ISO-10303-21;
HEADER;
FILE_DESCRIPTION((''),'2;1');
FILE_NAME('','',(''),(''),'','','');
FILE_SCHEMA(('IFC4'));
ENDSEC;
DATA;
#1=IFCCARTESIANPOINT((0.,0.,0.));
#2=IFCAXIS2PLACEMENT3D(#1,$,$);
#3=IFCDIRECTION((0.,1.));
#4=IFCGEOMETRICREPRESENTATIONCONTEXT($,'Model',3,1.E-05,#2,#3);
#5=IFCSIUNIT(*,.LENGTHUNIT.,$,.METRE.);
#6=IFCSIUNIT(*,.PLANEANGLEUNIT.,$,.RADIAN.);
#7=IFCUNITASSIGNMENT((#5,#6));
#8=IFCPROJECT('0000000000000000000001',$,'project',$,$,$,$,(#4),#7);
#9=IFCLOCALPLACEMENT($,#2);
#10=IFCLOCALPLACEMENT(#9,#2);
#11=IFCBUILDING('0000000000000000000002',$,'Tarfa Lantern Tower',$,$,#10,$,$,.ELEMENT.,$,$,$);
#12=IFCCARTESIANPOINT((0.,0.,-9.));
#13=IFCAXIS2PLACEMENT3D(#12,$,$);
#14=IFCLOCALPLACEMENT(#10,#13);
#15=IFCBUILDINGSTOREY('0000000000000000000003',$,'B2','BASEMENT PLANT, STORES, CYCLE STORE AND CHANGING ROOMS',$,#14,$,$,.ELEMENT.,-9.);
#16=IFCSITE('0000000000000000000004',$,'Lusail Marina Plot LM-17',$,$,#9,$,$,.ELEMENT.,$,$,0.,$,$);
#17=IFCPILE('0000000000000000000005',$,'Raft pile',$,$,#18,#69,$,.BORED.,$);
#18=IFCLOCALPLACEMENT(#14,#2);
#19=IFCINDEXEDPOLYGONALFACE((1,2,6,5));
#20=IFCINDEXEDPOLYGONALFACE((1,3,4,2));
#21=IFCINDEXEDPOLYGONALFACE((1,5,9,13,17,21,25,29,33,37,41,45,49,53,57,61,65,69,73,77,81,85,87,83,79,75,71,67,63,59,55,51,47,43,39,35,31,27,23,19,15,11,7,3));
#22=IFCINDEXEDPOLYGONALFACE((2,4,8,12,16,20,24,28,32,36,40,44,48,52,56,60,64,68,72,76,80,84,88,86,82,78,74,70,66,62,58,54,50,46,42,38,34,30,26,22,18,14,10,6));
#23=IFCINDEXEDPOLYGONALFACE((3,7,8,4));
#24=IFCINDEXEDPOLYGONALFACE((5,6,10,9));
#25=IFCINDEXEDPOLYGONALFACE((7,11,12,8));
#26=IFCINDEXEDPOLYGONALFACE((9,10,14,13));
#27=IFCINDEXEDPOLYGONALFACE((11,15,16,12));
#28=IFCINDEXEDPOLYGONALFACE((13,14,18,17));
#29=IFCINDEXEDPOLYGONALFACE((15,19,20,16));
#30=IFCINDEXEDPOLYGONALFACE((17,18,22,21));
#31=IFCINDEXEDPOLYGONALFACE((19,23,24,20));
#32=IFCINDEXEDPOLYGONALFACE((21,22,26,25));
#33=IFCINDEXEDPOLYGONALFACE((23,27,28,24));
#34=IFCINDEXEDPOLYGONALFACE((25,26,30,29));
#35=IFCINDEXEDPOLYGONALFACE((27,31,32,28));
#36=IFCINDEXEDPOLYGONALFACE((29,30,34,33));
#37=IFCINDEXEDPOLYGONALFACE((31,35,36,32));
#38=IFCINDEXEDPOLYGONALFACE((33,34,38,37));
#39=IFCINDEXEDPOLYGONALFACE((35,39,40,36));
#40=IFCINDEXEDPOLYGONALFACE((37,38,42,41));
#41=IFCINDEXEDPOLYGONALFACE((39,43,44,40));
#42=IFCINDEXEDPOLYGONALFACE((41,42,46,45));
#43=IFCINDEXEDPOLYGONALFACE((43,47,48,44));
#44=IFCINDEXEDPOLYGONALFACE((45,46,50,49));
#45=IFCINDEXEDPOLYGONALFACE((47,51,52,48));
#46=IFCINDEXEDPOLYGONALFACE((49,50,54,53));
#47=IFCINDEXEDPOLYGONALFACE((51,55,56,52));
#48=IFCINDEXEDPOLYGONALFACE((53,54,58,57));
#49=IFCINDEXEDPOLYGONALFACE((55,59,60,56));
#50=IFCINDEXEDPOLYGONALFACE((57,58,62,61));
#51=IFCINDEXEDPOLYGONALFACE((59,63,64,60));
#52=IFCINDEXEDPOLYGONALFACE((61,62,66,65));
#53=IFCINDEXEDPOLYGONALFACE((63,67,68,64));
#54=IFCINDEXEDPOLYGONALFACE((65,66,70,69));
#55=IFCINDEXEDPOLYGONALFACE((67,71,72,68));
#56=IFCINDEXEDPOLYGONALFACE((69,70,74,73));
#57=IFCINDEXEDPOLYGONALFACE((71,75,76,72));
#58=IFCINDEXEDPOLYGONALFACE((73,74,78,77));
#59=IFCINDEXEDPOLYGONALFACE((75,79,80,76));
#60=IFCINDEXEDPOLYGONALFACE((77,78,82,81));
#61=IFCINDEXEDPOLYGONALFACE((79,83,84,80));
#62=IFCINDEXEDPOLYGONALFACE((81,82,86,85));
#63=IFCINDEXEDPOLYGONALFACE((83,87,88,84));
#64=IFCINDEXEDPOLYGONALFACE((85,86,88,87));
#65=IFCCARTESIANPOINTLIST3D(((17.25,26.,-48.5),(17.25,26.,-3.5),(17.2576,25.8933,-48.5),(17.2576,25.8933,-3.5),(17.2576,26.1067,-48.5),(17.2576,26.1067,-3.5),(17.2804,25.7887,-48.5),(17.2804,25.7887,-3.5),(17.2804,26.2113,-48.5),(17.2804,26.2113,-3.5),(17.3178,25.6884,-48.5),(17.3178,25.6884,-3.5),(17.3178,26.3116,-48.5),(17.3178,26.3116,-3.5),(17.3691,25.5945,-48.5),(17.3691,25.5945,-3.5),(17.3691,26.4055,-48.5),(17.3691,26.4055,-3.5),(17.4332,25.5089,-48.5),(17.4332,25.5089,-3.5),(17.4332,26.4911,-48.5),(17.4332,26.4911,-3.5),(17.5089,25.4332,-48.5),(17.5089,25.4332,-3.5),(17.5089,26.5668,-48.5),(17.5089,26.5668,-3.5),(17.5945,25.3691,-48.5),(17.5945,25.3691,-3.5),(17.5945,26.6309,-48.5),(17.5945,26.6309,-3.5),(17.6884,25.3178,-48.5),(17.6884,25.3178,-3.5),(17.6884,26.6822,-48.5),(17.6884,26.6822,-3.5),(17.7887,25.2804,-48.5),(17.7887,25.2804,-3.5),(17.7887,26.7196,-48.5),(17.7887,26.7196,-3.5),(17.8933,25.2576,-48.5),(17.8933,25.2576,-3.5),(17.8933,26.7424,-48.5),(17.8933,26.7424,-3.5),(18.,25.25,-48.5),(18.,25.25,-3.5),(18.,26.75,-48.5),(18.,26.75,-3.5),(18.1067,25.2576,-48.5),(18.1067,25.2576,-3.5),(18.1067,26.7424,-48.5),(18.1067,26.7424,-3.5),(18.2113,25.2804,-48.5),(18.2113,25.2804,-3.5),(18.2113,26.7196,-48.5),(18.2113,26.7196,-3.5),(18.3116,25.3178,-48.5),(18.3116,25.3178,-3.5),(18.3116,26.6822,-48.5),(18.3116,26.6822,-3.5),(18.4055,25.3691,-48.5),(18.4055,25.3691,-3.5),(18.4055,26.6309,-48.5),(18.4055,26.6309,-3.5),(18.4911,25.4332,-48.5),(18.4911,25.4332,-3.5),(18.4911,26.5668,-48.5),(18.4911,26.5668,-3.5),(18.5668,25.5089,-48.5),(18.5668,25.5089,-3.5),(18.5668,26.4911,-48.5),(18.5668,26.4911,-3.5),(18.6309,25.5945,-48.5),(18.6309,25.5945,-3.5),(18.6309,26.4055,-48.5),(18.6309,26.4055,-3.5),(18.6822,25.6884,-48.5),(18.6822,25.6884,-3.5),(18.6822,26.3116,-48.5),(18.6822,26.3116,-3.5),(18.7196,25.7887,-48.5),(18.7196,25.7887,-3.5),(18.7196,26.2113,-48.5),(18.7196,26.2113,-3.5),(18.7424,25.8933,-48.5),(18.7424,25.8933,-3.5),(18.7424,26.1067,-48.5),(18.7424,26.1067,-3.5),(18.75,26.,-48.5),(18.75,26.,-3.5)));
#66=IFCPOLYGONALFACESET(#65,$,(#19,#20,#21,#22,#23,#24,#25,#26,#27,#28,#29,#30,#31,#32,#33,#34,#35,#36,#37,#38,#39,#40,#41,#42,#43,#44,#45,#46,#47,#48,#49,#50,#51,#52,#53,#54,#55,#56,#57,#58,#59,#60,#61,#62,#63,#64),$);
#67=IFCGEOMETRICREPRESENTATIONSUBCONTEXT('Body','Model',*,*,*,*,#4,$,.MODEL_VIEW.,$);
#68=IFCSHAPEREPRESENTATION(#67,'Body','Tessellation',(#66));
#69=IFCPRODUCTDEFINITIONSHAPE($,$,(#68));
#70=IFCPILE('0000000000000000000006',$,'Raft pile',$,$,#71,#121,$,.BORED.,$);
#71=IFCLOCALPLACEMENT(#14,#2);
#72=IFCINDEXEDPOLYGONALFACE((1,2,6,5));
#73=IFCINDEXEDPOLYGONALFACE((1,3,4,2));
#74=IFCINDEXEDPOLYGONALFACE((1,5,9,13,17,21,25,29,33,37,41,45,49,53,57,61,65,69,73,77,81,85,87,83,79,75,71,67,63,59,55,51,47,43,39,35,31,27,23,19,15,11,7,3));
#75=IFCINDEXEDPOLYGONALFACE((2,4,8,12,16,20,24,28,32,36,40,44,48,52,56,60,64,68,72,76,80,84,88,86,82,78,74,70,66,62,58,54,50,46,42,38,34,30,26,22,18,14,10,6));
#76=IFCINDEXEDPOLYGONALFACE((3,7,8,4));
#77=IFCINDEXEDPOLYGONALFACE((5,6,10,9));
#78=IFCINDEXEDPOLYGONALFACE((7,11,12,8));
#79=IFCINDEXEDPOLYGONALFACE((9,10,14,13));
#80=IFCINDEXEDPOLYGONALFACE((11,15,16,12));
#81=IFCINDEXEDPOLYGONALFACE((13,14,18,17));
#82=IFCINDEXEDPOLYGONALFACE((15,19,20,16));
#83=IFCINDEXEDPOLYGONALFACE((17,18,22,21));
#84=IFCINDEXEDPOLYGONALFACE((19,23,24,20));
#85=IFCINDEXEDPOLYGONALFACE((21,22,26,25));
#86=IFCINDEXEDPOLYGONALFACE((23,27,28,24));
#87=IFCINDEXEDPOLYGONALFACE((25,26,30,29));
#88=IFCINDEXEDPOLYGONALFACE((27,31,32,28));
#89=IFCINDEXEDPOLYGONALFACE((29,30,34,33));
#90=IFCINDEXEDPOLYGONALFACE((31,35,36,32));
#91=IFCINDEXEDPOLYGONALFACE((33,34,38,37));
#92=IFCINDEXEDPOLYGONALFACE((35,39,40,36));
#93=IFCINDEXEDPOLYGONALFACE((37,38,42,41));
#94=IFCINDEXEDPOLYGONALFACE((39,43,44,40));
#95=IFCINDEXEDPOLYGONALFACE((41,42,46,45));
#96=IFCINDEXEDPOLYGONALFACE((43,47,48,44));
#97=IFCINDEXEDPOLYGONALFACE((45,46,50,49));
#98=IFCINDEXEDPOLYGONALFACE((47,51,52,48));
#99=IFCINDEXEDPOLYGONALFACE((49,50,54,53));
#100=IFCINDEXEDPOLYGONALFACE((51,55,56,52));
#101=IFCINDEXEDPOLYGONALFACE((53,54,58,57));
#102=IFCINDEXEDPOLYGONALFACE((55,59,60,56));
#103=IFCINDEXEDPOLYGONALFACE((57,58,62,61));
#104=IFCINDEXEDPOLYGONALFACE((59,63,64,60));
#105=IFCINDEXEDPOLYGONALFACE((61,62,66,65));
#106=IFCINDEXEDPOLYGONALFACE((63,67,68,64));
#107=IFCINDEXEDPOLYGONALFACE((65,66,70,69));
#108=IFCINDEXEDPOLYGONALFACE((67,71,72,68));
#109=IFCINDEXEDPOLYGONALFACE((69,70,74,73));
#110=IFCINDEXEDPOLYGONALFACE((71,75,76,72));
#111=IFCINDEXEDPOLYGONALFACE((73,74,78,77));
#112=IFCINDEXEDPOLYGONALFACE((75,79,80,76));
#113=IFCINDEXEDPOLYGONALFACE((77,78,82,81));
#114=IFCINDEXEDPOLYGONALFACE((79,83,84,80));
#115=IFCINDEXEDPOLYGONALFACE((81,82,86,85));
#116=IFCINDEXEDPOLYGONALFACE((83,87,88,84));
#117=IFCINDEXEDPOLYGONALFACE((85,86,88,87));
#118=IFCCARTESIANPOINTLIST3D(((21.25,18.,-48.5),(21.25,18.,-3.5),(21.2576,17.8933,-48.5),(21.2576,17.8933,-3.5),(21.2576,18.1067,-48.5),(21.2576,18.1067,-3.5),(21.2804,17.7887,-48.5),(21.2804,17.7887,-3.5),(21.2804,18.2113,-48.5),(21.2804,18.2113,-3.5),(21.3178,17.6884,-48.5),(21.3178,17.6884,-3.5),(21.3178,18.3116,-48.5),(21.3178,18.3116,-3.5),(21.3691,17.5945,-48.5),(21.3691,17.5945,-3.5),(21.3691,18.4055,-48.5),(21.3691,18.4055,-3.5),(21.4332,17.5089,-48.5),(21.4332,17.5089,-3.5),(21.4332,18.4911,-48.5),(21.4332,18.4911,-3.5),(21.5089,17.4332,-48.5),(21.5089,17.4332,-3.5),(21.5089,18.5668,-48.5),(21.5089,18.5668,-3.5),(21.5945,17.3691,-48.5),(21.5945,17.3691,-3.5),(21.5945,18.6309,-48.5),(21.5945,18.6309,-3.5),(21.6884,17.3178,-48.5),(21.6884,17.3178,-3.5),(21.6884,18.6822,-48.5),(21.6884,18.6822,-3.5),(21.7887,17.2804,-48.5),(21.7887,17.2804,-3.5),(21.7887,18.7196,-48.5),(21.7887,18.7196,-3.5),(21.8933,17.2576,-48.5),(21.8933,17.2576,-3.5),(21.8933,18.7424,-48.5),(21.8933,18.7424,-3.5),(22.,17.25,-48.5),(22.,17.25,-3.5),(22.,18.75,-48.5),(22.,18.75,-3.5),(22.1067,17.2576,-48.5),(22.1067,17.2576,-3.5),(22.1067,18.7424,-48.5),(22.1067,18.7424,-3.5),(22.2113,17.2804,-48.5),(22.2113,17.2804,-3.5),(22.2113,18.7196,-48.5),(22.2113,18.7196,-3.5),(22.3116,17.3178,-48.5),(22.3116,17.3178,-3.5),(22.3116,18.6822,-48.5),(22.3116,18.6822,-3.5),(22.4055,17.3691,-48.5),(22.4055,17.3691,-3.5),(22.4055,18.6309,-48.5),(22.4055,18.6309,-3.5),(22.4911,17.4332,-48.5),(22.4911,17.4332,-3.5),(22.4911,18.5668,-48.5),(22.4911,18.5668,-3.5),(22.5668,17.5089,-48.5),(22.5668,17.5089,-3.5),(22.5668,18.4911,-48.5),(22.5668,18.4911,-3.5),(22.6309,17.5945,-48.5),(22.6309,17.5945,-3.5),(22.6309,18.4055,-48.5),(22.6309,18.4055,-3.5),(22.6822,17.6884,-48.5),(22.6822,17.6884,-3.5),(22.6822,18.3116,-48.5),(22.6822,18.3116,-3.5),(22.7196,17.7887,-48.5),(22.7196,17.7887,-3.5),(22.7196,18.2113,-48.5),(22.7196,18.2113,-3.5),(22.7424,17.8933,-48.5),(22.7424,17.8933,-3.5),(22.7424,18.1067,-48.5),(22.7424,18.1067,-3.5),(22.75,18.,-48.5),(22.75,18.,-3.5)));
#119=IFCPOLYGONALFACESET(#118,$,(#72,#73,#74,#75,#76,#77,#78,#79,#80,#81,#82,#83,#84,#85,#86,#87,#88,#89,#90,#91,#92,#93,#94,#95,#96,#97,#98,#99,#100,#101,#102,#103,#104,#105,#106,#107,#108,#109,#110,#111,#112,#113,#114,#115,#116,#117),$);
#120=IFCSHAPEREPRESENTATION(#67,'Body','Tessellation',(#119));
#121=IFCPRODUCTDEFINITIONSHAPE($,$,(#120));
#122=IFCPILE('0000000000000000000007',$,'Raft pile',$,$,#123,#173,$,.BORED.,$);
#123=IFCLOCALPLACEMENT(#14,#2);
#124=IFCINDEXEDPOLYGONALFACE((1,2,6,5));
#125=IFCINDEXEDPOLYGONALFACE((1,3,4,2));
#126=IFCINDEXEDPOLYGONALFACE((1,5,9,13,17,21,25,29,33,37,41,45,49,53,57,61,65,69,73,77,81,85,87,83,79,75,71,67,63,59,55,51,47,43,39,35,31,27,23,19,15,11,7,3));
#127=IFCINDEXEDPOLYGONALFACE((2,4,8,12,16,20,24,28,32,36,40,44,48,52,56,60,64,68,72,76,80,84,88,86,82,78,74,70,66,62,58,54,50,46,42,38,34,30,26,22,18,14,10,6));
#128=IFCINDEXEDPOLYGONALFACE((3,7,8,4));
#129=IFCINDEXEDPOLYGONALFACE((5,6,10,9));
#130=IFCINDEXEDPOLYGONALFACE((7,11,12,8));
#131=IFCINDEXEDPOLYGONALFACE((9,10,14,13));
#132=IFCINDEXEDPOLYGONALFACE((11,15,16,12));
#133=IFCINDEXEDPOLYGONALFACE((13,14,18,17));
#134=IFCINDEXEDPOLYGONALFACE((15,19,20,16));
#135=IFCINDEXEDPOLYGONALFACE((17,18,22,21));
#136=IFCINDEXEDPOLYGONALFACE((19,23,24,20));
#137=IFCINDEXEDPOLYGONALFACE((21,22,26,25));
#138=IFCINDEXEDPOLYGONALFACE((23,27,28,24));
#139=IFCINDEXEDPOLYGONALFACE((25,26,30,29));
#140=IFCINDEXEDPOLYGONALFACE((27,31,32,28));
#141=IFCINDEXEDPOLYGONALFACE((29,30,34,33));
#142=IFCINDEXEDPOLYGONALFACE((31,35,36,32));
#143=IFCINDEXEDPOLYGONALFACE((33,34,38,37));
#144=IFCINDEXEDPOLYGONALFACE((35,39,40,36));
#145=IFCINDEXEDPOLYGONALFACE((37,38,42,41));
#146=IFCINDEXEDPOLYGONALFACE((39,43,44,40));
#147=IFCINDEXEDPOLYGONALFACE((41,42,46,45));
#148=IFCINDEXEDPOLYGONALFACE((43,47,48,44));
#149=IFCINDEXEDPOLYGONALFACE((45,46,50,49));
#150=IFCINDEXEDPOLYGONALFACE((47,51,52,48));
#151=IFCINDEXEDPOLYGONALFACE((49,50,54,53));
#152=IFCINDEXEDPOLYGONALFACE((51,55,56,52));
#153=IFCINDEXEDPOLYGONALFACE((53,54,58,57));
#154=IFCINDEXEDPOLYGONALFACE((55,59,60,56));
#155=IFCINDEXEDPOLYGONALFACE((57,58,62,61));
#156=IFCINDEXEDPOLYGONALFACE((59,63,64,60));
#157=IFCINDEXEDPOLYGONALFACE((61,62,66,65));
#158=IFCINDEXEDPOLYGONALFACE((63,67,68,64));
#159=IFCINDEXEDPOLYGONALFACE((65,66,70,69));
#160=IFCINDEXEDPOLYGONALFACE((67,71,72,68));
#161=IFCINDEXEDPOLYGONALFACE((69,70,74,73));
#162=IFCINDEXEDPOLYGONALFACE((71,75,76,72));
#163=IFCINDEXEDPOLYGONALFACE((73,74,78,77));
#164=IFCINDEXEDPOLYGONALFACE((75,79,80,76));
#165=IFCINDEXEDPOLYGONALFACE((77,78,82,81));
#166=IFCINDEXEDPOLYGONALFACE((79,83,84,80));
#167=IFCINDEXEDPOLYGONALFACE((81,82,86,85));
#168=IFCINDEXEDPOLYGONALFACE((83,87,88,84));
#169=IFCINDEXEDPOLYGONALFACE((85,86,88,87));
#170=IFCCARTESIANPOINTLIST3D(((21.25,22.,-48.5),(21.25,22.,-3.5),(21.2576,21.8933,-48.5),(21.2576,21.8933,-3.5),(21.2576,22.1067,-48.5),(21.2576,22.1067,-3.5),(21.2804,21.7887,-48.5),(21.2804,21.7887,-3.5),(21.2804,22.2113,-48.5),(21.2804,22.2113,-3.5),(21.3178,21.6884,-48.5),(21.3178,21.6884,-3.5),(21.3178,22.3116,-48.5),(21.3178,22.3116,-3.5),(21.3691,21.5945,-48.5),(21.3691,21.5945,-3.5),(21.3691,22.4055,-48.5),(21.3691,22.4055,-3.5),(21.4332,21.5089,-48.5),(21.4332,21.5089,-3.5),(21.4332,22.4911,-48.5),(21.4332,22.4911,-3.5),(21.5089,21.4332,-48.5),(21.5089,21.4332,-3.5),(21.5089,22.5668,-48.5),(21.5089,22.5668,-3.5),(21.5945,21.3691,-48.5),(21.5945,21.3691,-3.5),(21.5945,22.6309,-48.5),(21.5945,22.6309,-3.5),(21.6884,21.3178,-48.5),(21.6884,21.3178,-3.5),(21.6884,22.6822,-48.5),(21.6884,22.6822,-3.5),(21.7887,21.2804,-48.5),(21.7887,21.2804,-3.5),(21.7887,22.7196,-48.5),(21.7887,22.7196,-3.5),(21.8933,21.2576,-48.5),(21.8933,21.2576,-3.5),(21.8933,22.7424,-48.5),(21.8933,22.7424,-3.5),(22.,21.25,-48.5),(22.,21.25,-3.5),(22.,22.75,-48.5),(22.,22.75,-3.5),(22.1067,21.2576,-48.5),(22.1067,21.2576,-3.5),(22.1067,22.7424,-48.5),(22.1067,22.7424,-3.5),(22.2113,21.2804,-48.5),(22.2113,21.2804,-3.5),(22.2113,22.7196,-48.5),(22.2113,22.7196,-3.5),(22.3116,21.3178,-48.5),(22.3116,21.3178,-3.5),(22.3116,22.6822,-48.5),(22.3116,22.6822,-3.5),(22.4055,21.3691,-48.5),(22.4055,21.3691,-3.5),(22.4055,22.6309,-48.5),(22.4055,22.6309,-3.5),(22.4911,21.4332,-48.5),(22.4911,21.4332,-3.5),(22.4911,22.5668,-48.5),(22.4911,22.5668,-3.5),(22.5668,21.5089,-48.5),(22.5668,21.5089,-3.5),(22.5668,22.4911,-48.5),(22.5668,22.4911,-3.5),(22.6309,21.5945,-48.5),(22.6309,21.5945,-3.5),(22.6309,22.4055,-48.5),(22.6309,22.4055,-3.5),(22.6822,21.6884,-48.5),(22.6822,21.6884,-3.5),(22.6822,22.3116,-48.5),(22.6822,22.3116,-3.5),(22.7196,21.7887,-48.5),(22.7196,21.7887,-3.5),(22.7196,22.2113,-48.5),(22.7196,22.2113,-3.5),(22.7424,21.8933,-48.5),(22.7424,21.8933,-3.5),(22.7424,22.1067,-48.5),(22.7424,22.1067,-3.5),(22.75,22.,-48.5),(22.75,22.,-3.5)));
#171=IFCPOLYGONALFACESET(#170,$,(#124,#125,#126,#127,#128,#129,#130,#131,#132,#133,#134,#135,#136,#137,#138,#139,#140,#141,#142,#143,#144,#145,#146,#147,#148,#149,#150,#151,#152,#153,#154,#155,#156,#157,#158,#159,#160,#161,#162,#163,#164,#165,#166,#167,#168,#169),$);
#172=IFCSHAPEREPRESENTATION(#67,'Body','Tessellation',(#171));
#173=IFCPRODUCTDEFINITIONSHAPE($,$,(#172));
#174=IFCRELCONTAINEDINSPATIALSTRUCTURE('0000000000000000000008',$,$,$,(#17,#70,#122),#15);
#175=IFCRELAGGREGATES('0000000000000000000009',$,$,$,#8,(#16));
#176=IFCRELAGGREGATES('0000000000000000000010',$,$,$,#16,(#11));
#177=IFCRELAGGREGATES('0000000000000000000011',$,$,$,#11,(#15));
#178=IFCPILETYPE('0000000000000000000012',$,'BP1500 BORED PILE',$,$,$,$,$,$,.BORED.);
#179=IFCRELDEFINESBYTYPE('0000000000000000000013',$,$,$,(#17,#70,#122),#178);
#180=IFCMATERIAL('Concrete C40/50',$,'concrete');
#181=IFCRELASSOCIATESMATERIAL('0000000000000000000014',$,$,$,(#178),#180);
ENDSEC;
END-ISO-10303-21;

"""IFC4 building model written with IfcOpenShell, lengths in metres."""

from ifc_helpers import new_model, si_unit, direction, frame, origin, origin_2d, place, context, subcontext, project, spatial, circle, extrude, material, material_profile, profile_set, type_object, element, save


model = new_model("IFC4")

# Units and contexts
model_context = context("Model", 3, precision=1e-05, world=origin(), true_north=direction((0.0, 1.0)))
body_context = subcontext(model_context, "Body", "Model", "MODEL_VIEW")
ifc_project = project(units=[si_unit("LENGTHUNIT", "METRE"), si_unit("PLANEANGLEUNIT", "RADIAN")], contexts=[model_context])

# Site, building, storey
site_placement = place(None, origin())
site = spatial("IfcSite", under=ifc_project, at=site_placement, Name="Lusail Marina Plot LM-17", CompositionType="ELEMENT", RefElevation=0.0)
building_placement = place(site_placement, origin())
building = spatial("IfcBuilding", under=site, at=building_placement, Name="Tarfa Lantern Tower", CompositionType="ELEMENT")
storey_placement = place(building_placement, frame((0.0, 0.0, -9.0)))
storey = spatial("IfcBuildingStorey", under=building, at=storey_placement, Name="B2", Description="BASEMENT PLANT, STORES, CYCLE STORE AND CHANGING ROOMS", CompositionType="ELEMENT", Elevation=-9.0)

# Piles
ifc_material_1 = material(Name="Concrete C40/50", Category="concrete")
ifc_material_profile_1 = material_profile(ifc_material_1, circle(Radius=0.75, at=origin_2d()), Name="BORED PILE D1500")
ifc_profile_set_1 = profile_set([ifc_material_profile_1], Name="Concrete C40/50")
pile_type_1 = type_object("IfcPileType", Name="BP1500 BORED PILE", PredefinedType="BORED", material=ifc_profile_set_1)
for number, where, z_axis, x_axis, name in (
    (1, (18.0, 26.0, -3.5), (0.0, 0.0, -1.0), (1.0, 0.0, 0.0), "Raft pile"),
    (2, (22.0, 18.0, -3.5), (0.0, 0.0, -1.0), (1.0, 0.0, 0.0), "Raft pile"),
    (3, (22.0, 22.0, -3.5), (0.0, 0.0, -1.0), (1.0, 0.0, 0.0), "Raft pile"),
):
    element("IfcPile", number, at=place(storey_placement, frame(where, z_axis=z_axis, x_axis=x_axis)), inside=storey, type_object=pile_type_1, Name=name, PredefinedType="BORED", context=body_context, shape_type="SweptSolid", body=[
        extrude(circle(Radius=0.75, at=origin_2d()), origin(), (0.0, 0.0, 1.0), 45.0),
    ])

save(model, "model.ifc")
